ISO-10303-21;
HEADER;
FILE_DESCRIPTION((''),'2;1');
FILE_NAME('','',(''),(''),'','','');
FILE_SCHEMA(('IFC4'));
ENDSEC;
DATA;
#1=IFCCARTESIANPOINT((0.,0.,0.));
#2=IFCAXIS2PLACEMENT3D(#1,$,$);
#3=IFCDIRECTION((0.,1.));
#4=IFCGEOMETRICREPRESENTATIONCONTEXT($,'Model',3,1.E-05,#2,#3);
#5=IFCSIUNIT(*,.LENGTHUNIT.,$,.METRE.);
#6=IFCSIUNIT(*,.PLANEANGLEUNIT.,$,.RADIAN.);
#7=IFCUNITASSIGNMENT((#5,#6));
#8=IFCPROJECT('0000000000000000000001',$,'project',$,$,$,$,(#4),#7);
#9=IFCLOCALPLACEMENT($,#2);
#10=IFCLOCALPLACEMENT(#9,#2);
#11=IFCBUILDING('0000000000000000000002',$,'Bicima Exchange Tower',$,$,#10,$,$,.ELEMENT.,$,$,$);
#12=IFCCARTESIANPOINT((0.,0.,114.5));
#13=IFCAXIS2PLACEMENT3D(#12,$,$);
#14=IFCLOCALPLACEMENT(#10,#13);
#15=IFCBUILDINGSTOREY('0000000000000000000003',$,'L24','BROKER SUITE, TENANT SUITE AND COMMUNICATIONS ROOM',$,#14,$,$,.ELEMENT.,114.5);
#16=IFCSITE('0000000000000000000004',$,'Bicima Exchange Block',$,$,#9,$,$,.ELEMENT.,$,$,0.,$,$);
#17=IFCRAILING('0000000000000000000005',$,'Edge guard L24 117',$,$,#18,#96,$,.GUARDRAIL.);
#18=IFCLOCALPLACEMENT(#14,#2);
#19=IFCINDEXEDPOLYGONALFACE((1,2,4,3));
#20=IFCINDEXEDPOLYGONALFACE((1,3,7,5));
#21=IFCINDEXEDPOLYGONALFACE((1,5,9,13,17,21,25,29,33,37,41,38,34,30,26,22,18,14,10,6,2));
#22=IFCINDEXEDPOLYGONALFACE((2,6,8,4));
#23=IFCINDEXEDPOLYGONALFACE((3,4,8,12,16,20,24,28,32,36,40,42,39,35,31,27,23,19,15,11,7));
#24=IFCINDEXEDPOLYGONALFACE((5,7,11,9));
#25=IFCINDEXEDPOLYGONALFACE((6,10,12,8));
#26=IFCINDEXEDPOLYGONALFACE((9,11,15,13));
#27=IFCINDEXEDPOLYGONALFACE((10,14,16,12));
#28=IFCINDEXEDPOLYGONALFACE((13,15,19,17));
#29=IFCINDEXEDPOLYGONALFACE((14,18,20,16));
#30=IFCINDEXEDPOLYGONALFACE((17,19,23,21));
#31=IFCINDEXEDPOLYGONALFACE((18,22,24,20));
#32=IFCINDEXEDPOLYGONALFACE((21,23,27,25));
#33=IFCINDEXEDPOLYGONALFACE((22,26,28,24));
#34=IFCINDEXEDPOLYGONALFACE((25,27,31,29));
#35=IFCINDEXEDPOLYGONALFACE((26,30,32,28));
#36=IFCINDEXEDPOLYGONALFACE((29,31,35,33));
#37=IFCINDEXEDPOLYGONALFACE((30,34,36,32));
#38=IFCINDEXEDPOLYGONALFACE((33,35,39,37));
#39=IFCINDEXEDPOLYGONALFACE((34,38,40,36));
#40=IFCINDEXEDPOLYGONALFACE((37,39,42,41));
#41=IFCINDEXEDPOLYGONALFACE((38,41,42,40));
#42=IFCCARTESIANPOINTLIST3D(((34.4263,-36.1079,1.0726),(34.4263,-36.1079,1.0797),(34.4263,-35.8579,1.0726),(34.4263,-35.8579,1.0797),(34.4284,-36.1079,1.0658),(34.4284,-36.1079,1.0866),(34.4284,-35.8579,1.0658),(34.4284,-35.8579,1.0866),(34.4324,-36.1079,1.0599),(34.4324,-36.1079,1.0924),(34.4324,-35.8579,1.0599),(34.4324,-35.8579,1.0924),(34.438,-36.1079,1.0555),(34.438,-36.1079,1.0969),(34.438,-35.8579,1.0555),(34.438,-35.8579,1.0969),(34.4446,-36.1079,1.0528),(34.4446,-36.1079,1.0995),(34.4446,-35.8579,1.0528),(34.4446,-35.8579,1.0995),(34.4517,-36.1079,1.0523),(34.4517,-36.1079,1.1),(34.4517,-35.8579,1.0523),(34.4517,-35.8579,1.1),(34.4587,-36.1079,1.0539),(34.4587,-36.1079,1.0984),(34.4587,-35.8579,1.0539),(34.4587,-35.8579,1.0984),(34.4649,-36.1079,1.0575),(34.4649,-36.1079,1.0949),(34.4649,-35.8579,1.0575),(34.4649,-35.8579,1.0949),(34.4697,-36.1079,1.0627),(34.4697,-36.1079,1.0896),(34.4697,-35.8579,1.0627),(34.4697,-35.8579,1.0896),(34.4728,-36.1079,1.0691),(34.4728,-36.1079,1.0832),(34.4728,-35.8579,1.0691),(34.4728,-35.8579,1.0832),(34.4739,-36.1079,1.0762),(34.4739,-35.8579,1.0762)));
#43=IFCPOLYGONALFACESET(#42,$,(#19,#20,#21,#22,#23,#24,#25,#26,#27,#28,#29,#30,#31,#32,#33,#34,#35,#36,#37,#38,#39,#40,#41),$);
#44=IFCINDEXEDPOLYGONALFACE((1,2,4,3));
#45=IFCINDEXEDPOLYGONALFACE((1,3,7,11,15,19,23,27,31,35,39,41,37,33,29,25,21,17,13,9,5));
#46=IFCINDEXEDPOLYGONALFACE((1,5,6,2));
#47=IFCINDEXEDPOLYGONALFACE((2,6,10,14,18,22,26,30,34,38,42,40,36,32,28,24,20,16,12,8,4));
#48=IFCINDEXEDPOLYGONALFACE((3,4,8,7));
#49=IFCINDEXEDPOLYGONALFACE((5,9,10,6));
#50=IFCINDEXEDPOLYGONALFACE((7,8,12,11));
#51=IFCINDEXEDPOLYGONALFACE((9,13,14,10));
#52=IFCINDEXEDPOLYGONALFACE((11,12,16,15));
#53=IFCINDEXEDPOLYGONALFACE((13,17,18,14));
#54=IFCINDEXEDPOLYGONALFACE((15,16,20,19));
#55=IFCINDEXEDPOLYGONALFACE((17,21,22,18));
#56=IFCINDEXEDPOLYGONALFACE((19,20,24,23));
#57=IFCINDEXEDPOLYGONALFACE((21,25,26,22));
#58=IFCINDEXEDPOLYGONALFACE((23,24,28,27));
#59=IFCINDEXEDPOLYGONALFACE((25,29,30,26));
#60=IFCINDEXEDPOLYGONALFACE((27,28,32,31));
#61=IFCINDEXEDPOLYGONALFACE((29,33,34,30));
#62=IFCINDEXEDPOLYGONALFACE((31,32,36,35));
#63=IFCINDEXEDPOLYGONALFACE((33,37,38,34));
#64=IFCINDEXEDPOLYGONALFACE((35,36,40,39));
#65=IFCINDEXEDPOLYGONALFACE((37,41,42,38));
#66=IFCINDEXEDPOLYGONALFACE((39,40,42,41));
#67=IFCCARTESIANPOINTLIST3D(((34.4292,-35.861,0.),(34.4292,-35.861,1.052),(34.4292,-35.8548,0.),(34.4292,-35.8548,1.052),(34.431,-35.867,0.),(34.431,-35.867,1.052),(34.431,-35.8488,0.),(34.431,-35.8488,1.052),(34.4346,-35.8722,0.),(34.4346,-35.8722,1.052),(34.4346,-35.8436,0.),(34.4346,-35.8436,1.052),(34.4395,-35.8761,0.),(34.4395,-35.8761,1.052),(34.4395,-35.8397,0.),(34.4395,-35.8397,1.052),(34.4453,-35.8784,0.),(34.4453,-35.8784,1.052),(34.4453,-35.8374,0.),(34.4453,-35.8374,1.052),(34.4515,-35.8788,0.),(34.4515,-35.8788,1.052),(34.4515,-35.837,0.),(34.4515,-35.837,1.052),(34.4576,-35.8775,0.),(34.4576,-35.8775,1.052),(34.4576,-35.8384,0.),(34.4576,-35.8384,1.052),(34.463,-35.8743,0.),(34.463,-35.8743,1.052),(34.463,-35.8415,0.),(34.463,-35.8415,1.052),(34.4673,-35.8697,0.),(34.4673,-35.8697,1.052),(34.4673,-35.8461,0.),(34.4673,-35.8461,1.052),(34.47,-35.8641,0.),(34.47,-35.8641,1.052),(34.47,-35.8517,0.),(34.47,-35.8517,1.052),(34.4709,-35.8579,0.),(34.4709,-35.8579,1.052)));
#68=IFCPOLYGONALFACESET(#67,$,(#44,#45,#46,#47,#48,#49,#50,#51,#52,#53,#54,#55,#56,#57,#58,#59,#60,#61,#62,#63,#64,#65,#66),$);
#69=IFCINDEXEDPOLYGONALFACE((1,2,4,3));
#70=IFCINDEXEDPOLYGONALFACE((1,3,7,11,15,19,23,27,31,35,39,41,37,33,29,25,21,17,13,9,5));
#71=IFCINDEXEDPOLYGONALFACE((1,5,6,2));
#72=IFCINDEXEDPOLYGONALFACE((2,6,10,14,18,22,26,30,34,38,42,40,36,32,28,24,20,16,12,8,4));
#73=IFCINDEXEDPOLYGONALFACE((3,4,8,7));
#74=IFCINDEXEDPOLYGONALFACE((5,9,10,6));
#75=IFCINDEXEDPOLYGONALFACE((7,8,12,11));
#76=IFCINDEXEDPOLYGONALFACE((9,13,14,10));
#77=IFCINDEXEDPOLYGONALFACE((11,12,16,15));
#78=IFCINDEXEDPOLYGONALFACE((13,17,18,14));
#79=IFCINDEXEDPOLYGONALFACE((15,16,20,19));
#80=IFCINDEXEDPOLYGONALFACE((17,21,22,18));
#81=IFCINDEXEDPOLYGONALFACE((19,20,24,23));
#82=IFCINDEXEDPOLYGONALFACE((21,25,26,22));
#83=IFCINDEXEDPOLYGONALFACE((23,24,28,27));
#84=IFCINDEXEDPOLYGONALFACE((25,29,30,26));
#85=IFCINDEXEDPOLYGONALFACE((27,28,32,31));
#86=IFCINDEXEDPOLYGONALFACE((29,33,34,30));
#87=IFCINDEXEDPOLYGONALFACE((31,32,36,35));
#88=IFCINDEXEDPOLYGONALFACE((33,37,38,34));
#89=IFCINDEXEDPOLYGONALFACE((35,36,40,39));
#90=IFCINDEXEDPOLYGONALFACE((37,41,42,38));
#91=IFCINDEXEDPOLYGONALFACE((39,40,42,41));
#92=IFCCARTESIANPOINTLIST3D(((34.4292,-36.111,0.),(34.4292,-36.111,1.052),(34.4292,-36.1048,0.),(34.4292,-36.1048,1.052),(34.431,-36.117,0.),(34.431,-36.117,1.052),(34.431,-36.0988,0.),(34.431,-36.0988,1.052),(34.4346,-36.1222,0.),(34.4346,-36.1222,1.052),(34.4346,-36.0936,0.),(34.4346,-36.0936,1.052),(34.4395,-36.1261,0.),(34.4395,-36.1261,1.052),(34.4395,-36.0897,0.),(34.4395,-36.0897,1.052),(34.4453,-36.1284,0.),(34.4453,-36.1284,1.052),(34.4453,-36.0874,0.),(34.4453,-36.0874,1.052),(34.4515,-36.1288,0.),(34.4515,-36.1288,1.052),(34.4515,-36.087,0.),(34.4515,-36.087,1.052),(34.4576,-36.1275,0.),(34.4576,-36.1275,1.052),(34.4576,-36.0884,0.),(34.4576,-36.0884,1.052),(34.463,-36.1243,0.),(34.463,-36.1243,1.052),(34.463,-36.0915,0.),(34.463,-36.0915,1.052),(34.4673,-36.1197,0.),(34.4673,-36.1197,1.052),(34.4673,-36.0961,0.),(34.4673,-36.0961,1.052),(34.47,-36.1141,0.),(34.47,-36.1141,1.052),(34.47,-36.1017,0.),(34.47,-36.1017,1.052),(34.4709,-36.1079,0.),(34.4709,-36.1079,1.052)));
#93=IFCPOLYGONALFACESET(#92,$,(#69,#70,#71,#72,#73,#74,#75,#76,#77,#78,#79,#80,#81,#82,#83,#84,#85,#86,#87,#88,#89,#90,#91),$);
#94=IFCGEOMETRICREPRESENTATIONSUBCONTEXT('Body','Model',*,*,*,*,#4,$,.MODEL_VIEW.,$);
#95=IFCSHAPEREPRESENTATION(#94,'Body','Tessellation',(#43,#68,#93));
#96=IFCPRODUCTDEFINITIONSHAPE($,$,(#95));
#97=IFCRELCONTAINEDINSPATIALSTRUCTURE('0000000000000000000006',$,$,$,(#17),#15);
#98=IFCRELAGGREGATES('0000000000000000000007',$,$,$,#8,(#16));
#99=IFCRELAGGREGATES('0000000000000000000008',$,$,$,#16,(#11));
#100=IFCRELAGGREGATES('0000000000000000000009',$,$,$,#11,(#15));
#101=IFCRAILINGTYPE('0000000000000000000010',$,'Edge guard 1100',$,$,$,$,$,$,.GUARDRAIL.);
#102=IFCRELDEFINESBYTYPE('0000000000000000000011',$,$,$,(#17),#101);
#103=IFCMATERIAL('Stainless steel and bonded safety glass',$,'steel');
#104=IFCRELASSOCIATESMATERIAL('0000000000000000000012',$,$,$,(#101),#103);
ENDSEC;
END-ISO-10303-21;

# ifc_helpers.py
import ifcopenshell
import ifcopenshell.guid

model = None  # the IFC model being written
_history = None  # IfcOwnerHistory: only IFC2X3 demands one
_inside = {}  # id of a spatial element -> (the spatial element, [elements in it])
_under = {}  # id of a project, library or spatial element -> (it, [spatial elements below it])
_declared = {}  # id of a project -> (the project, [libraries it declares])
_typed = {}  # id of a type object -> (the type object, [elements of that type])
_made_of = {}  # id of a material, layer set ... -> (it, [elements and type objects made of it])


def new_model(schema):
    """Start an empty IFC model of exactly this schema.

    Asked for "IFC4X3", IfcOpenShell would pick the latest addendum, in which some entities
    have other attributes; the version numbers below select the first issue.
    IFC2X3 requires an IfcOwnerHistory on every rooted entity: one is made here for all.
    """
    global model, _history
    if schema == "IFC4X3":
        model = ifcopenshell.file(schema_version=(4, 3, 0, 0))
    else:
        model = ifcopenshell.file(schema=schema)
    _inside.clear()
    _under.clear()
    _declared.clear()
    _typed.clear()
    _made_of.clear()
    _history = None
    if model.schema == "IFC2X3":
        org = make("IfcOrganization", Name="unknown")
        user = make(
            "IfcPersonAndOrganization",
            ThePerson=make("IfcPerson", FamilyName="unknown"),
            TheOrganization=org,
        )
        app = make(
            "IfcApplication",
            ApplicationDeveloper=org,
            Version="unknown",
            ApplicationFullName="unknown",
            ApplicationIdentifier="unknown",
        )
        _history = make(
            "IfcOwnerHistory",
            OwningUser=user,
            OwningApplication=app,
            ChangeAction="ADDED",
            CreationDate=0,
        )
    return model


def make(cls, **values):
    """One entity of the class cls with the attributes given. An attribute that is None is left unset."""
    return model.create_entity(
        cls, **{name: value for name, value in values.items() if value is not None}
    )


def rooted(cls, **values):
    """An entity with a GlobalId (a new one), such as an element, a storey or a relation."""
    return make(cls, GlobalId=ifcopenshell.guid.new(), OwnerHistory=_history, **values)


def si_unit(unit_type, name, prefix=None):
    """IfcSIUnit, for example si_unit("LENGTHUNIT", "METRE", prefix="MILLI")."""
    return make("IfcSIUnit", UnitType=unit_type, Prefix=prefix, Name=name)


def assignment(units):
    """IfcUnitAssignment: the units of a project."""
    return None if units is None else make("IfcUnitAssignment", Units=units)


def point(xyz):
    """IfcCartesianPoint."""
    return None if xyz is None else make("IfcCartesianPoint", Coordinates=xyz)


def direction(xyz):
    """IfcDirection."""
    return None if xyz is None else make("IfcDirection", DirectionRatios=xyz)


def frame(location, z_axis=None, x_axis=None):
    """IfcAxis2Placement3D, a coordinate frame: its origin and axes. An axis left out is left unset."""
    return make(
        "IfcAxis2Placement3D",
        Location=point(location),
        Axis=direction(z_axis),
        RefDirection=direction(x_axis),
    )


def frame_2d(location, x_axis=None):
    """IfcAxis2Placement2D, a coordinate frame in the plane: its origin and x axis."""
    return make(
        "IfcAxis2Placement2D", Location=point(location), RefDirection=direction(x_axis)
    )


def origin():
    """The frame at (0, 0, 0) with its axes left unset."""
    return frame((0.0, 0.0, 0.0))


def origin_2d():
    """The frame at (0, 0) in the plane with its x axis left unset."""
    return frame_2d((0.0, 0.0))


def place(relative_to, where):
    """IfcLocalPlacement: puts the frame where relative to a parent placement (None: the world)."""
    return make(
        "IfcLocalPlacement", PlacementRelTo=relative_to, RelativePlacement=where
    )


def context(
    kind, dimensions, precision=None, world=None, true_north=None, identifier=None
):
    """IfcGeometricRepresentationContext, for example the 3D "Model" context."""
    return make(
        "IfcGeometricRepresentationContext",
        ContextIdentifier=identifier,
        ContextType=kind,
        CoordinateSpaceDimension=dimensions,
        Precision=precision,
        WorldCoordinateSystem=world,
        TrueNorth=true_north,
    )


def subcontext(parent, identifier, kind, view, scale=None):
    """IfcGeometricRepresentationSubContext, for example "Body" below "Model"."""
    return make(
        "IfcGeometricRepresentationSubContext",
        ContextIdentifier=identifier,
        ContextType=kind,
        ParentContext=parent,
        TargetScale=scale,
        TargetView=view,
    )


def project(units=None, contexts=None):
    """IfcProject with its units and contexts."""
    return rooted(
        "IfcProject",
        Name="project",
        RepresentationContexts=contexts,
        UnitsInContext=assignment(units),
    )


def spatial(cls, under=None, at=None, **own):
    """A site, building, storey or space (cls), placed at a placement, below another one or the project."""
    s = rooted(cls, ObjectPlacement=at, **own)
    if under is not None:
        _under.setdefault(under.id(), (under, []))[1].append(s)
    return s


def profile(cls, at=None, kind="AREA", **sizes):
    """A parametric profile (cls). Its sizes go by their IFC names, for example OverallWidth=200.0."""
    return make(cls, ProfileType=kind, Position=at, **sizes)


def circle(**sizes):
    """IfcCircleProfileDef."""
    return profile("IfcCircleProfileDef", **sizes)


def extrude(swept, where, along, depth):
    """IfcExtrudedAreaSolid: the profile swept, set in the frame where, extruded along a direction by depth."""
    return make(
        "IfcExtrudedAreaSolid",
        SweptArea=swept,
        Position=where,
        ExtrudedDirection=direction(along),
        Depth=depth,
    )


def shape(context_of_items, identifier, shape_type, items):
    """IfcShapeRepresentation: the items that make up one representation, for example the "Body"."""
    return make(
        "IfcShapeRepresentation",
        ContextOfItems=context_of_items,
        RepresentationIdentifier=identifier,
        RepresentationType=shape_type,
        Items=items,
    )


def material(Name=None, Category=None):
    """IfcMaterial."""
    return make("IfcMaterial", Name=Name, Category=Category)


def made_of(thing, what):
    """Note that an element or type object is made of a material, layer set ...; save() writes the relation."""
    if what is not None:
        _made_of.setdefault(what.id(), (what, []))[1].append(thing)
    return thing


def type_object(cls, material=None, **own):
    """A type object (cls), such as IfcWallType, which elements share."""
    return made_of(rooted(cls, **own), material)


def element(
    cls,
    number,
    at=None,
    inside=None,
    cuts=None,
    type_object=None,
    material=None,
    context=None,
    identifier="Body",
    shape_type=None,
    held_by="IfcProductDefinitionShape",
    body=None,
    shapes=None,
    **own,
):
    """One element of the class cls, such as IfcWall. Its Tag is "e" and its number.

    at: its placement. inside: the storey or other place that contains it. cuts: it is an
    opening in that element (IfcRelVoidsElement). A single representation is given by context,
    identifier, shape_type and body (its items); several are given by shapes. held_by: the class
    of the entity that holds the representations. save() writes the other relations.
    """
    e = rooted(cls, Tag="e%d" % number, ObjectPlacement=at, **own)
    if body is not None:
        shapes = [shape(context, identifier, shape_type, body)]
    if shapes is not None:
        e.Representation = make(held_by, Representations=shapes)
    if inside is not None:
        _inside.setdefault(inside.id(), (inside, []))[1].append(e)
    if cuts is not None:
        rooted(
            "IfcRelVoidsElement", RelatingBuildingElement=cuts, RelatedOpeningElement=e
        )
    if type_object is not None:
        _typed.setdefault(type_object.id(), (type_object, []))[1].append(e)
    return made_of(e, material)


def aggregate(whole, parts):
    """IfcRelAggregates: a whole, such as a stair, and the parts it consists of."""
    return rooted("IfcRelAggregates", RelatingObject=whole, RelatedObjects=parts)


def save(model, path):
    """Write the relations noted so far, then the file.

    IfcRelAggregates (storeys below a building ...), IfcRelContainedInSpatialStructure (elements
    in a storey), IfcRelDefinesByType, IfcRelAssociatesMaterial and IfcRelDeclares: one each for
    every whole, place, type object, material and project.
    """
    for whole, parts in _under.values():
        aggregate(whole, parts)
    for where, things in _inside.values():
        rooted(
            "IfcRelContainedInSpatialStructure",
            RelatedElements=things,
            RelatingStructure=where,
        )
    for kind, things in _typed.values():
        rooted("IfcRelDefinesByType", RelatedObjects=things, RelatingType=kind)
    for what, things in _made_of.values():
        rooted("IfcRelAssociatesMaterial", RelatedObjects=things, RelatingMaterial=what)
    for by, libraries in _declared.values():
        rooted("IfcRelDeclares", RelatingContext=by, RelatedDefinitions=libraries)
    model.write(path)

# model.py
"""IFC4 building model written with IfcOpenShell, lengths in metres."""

from ifc_helpers import new_model, si_unit, direction, frame, origin, origin_2d, place, context, subcontext, project, spatial, circle, extrude, material, type_object, element, save


model = new_model("IFC4")

# Units and contexts
model_context = context("Model", 3, precision=1e-05, world=origin(), true_north=direction((0.0, 1.0)))
body_context = subcontext(model_context, "Body", "Model", "MODEL_VIEW")
ifc_project = project(units=[si_unit("LENGTHUNIT", "METRE"), si_unit("PLANEANGLEUNIT", "RADIAN")], contexts=[model_context])

# Site, building, storey
site_placement = place(None, origin())
site = spatial("IfcSite", under=ifc_project, at=site_placement, Name="Bicima Exchange Block", CompositionType="ELEMENT", RefElevation=0.0)
building_placement = place(site_placement, origin())
building = spatial("IfcBuilding", under=site, at=building_placement, Name="Bicima Exchange Tower", CompositionType="ELEMENT")
storey_placement = place(building_placement, frame((0.0, 0.0, 114.5)))
storey = spatial("IfcBuildingStorey", under=building, at=storey_placement, Name="L24", Description="BROKER SUITE, TENANT SUITE AND COMMUNICATIONS ROOM", CompositionType="ELEMENT", Elevation=114.5)

# Railing
ifc_material_1 = material(Name="Stainless steel and bonded safety glass", Category="steel")
railing_type = type_object("IfcRailingType", Name="Edge guard 1100", PredefinedType="GUARDRAIL", material=ifc_material_1)
railing_1_placement = place(storey_placement, frame((34.45, -35.8579, 0.0)))
element("IfcRailing", 1, at=railing_1_placement, inside=storey, type_object=railing_type, Name="Edge guard L24 117", PredefinedType="GUARDRAIL", context=body_context, shape_type="SweptSolid", body=[
    extrude(circle(Radius=0.0239, at=origin_2d()), frame((0.0, 0.0, 1.0762), z_axis=(0.0, -1.0, 0.0), x_axis=(1.0, 0.0, 0.0)), (0.0, 0.0, 1.0), 0.25),
    extrude(circle(Radius=0.021, at=origin_2d()), origin(), (0.0, 0.0, 1.0), 1.052),
    extrude(circle(Radius=0.021, at=origin_2d()), frame((0.0, -0.25, 0.0)), (0.0, 0.0, 1.0), 1.052),
])

save(model, "model.ifc")
